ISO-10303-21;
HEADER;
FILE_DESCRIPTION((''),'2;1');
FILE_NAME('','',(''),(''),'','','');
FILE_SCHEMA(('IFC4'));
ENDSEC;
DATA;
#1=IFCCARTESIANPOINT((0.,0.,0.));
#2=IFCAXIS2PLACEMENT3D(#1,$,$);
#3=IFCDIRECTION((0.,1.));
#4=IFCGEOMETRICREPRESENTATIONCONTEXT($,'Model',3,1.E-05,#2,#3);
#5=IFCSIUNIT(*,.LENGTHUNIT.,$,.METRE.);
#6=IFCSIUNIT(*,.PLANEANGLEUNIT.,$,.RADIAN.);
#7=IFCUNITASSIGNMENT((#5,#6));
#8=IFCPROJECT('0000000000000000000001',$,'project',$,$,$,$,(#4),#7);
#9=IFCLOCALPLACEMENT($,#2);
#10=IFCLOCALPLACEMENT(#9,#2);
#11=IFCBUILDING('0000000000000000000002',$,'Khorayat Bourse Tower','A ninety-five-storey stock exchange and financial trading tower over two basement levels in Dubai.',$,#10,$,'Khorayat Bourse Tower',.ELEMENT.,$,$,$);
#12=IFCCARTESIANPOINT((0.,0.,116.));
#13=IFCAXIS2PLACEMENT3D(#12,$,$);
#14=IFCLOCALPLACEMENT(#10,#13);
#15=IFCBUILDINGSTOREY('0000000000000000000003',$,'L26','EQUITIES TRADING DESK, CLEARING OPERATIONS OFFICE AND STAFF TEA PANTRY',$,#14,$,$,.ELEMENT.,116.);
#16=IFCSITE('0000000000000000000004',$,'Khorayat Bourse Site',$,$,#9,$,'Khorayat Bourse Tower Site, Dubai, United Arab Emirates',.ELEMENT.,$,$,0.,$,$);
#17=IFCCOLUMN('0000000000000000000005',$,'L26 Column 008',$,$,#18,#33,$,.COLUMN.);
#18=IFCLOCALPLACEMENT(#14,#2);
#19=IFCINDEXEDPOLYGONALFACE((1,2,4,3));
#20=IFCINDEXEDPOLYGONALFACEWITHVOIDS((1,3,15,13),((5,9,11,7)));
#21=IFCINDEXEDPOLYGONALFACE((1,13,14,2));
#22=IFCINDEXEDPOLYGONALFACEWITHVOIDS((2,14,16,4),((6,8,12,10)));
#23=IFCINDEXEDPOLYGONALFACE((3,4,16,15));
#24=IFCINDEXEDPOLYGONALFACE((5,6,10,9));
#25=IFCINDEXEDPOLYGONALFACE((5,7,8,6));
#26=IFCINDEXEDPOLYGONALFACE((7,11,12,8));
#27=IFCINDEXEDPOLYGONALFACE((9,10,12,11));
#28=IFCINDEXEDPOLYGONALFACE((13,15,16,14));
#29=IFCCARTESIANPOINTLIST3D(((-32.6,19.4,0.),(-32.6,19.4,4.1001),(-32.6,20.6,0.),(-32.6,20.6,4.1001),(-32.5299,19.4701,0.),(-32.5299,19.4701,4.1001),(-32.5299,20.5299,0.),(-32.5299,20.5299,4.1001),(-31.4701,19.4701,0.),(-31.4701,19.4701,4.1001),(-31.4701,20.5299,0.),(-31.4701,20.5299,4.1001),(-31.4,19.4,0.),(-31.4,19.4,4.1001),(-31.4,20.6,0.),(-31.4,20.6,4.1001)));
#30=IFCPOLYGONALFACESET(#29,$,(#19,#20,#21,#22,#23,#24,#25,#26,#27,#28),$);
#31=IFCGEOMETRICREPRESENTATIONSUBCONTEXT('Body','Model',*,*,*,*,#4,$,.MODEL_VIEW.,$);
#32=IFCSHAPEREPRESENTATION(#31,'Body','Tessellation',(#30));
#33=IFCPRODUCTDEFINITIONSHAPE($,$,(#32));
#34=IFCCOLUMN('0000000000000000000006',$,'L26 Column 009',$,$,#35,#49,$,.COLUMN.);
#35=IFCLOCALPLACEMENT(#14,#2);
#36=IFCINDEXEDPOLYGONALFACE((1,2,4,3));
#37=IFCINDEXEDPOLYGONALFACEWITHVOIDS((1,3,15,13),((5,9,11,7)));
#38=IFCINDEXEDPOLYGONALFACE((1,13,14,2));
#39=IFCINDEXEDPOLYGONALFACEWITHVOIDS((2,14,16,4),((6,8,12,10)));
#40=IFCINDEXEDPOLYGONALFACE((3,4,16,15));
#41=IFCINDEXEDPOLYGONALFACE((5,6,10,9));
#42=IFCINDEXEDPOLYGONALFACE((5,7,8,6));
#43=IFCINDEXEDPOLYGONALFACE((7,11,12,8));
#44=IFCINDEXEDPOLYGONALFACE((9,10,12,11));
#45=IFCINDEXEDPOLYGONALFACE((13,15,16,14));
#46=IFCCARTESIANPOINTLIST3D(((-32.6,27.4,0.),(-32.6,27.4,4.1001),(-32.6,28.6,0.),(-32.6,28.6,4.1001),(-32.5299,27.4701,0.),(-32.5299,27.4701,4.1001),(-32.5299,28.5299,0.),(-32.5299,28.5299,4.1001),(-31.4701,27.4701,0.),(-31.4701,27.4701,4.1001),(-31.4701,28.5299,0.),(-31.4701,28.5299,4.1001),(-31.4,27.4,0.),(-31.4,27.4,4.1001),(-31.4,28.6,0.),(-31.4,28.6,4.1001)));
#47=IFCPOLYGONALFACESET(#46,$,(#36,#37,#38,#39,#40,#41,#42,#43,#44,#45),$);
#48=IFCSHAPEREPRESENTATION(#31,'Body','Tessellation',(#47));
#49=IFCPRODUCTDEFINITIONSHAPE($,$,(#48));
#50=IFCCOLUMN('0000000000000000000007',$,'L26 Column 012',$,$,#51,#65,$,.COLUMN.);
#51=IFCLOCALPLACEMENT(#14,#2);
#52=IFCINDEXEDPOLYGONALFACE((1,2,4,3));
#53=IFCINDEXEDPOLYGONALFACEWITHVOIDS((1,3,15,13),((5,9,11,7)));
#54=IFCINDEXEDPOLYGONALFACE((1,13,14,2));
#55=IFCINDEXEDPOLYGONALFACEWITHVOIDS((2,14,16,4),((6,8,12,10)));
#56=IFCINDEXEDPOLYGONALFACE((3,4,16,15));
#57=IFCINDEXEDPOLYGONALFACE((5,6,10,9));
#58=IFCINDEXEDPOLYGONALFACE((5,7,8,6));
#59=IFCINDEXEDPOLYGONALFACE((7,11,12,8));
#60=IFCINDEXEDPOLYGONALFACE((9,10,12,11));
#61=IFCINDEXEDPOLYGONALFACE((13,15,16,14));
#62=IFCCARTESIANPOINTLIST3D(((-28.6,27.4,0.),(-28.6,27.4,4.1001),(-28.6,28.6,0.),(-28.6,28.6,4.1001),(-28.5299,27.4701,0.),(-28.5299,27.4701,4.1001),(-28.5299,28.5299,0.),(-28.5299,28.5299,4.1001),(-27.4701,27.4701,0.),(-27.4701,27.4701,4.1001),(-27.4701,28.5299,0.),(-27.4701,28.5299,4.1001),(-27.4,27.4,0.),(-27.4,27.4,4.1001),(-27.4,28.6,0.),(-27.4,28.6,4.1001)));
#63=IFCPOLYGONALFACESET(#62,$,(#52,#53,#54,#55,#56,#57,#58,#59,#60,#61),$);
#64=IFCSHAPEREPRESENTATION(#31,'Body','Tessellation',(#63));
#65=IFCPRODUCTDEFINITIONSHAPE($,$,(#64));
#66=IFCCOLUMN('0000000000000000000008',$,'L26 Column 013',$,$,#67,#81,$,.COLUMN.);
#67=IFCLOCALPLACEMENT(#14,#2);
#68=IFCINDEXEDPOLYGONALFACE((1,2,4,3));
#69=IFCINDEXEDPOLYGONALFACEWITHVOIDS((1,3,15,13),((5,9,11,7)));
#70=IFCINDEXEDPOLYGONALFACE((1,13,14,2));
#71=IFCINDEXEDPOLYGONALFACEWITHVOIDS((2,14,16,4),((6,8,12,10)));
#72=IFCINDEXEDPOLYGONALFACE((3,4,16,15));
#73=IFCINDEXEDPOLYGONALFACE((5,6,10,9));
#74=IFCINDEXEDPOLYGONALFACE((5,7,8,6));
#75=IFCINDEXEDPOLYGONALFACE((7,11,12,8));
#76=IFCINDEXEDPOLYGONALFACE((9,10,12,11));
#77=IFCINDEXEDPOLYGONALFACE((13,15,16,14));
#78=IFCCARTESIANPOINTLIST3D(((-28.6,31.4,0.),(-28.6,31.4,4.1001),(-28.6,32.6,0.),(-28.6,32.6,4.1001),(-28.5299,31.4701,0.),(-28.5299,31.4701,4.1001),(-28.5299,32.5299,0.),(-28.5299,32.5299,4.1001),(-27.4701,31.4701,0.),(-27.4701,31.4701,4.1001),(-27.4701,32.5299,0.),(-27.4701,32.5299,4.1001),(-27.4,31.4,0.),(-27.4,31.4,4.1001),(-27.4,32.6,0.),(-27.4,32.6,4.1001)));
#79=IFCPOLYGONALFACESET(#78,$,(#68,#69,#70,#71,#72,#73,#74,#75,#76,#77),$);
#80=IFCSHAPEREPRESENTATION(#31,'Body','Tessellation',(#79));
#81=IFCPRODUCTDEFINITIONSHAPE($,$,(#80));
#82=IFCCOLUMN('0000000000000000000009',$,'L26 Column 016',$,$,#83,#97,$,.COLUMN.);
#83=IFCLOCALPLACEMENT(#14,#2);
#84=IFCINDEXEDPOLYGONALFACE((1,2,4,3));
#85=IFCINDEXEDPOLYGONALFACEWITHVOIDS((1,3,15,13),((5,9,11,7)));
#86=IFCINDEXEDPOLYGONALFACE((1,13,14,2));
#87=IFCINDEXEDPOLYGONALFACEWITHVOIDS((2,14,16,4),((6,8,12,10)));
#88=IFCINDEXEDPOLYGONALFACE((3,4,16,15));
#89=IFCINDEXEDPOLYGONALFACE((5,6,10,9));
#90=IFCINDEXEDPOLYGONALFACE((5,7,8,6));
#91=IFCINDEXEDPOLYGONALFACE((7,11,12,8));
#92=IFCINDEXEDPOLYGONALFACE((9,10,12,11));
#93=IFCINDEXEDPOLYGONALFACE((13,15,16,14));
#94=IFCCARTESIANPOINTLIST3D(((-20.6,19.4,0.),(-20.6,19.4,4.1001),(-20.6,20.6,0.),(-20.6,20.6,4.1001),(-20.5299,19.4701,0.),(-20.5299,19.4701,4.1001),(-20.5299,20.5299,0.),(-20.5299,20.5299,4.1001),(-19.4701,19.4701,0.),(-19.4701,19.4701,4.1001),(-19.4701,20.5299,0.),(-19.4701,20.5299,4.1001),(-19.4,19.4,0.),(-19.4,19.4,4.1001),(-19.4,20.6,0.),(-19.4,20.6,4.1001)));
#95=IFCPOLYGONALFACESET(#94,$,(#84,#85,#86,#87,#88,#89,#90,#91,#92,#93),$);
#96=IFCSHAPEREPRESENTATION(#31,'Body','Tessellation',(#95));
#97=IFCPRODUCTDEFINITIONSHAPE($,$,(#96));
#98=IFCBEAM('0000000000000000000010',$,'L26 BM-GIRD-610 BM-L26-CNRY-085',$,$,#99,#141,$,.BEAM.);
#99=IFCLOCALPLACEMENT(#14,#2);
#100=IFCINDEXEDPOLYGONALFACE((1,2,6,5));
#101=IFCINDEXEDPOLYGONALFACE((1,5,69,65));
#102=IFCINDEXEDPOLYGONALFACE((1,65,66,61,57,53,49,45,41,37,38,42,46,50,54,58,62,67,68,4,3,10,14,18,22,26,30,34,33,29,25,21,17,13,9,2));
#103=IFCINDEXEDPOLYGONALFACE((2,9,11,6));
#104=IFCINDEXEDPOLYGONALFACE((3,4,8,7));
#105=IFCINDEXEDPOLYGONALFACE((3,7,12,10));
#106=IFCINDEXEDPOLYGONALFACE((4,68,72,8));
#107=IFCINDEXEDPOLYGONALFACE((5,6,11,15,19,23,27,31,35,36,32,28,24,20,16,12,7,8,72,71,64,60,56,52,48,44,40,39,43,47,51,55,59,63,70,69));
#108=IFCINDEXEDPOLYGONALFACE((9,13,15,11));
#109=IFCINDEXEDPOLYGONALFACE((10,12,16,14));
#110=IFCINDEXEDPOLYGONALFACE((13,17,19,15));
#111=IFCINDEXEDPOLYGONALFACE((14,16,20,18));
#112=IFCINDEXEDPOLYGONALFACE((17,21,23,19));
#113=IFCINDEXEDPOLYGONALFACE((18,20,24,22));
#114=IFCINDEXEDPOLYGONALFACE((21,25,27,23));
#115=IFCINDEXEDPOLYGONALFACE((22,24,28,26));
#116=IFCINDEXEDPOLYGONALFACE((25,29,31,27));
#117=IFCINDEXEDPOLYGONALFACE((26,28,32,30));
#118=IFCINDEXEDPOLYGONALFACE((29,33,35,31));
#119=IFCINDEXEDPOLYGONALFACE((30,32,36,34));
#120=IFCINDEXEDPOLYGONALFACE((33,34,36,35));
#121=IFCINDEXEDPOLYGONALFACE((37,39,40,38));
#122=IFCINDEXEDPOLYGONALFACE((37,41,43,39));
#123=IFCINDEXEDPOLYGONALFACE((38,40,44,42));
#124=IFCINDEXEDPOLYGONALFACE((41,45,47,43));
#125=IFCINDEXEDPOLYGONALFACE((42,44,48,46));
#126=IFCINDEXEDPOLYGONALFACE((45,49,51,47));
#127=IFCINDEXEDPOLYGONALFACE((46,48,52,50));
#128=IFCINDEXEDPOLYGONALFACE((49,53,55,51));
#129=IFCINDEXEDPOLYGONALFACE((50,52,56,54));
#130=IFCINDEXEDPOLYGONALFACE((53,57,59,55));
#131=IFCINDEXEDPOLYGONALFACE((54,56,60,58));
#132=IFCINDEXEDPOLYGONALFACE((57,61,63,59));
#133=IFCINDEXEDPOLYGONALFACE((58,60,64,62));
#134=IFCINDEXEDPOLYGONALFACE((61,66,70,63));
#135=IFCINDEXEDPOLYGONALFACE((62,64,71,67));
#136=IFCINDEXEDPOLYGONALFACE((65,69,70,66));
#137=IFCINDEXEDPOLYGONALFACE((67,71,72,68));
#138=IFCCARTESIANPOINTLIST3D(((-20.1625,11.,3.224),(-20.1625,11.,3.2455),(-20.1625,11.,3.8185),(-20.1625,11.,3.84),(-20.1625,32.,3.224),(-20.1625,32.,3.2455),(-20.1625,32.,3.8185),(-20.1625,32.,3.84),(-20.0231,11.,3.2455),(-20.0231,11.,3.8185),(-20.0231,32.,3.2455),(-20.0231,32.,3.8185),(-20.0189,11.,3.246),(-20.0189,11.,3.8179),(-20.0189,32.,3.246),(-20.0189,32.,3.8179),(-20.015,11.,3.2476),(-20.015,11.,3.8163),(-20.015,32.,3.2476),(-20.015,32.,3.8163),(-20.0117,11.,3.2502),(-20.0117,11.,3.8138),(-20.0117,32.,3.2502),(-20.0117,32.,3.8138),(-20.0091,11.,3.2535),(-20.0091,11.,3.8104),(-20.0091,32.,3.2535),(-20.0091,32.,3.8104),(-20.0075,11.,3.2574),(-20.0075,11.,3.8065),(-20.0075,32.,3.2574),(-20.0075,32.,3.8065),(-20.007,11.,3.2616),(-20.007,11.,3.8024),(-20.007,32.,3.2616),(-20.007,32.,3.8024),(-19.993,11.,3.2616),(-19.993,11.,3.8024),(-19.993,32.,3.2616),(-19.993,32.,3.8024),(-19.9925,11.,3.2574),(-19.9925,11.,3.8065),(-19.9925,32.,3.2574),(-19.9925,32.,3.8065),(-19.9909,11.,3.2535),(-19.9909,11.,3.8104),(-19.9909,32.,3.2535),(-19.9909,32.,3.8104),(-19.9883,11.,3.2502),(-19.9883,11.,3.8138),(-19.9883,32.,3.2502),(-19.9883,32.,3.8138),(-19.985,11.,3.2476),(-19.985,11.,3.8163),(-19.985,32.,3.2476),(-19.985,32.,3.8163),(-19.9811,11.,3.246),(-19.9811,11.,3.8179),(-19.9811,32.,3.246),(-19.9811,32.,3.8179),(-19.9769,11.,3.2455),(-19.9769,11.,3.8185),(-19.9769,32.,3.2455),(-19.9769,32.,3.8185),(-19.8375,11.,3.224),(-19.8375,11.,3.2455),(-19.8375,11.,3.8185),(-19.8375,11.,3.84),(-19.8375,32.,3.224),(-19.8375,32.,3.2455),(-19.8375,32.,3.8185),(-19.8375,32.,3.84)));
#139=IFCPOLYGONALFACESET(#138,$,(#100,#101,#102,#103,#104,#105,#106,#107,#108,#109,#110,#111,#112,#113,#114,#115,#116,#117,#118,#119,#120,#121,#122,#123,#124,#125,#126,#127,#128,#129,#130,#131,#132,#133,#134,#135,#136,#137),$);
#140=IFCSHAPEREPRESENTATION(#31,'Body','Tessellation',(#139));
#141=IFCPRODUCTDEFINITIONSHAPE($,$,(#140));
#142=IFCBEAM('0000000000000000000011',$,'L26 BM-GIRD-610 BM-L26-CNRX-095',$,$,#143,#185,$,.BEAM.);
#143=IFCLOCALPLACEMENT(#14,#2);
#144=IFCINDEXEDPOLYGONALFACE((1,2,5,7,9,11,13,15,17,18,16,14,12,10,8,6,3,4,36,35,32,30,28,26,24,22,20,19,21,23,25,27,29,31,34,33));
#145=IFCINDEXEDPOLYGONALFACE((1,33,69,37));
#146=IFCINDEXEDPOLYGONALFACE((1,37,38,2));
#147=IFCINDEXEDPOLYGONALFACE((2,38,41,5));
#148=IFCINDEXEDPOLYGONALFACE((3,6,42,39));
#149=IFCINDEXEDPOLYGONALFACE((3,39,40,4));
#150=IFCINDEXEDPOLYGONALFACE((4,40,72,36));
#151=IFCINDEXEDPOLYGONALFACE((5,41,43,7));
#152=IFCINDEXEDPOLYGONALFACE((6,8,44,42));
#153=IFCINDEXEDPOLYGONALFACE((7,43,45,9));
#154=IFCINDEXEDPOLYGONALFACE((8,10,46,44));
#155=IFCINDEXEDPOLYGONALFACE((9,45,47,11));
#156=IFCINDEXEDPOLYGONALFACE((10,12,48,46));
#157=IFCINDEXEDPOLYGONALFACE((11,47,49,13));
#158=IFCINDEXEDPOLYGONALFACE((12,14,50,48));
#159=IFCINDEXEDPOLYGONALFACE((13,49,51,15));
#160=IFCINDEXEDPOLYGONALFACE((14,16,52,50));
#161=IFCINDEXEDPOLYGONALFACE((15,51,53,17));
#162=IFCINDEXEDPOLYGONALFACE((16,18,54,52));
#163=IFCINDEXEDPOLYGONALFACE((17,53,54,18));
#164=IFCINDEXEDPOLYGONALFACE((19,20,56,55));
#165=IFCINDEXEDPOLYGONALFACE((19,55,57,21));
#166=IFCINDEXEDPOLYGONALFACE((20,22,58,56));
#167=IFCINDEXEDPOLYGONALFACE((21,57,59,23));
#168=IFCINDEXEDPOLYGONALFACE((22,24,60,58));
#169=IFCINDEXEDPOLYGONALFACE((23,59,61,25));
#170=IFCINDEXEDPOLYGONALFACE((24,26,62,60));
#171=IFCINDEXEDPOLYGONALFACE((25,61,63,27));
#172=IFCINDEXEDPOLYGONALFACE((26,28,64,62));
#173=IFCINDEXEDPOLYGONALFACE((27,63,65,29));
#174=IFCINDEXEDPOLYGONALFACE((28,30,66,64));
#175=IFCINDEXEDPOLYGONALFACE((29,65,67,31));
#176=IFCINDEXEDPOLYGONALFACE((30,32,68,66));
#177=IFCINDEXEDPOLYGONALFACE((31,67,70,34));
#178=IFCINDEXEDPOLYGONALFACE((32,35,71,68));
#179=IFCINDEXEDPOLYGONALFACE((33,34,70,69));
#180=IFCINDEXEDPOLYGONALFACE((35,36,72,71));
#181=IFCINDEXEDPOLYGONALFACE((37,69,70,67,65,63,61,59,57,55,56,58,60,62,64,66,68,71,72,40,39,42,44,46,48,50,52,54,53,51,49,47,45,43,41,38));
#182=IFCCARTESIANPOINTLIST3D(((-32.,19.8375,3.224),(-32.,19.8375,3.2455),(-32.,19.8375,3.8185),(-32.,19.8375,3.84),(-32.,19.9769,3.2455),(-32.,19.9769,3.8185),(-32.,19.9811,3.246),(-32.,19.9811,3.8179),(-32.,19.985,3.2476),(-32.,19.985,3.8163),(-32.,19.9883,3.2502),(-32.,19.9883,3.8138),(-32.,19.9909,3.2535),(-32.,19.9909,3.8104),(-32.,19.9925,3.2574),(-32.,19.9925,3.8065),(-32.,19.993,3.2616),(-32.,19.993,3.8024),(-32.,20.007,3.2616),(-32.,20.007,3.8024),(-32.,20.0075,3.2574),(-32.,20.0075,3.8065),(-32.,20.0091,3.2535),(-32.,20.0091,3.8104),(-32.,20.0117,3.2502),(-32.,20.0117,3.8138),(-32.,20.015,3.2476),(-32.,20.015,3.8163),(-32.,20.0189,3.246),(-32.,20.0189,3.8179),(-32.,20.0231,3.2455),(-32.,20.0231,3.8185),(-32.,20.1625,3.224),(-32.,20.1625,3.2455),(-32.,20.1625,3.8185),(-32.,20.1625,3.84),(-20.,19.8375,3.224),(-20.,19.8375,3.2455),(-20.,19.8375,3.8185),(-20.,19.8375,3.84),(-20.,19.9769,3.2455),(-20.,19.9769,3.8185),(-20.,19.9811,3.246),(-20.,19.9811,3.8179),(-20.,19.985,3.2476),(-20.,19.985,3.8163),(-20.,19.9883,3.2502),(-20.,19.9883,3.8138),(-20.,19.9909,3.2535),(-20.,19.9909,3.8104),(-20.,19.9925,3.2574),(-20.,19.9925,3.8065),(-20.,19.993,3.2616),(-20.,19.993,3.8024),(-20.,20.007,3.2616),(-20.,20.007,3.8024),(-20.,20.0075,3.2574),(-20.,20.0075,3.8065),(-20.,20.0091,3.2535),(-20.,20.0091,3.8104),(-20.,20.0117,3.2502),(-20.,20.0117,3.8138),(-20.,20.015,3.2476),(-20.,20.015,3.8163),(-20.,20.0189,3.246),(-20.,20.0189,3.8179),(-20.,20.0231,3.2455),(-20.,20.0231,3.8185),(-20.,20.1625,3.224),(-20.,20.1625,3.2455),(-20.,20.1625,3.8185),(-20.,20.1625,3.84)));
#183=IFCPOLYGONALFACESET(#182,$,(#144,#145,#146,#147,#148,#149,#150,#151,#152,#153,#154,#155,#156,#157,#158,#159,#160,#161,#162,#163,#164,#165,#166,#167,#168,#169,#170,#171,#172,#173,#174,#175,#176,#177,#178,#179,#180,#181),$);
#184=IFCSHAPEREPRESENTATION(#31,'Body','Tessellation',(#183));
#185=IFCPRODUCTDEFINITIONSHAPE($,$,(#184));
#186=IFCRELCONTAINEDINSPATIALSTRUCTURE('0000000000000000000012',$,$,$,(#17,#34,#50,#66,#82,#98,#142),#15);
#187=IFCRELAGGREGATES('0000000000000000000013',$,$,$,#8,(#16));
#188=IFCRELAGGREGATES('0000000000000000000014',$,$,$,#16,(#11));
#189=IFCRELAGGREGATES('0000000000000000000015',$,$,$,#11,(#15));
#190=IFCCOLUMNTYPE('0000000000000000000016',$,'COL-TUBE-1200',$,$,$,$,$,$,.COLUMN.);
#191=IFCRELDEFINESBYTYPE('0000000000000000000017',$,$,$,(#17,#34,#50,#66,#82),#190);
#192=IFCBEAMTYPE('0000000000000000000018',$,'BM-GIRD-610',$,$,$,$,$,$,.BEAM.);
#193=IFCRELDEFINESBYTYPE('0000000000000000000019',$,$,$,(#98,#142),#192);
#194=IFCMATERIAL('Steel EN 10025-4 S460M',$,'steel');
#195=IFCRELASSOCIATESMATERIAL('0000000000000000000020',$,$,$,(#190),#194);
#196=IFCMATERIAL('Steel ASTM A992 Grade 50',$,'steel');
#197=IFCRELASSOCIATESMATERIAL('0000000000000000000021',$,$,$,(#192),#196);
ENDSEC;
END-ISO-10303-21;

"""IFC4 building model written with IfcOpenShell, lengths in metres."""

from ifc_helpers import new_model, si_unit, direction, frame, origin, origin_2d, place, context, subcontext, project, spatial, hollow_rectangle, i_section, extrude, source, transform, mapped, material, material_profile, profile_set, type_object, element, save


model = new_model("IFC4")

# Units and contexts
model_context = context("Model", 3, precision=1e-05, world=origin(), true_north=direction((0.0, 1.0)))
body_context = subcontext(model_context, "Body", "Model", "MODEL_VIEW")
ifc_project = project(units=[si_unit("LENGTHUNIT", "METRE"), si_unit("PLANEANGLEUNIT", "RADIAN")], contexts=[model_context])

# Site, building, storey
site_placement = place(None, origin())
site = spatial("IfcSite", under=ifc_project, at=site_placement, Name="Khorayat Bourse Site", LongName="Khorayat Bourse Tower Site, Dubai, United Arab Emirates", CompositionType="ELEMENT", RefElevation=0.0)
building_placement = place(site_placement, origin())
building = spatial("IfcBuilding", under=site, at=building_placement, Name="Khorayat Bourse Tower", Description="A ninety-five-storey stock exchange and financial trading tower over two basement levels in Dubai.", LongName="Khorayat Bourse Tower", CompositionType="ELEMENT")
storey_placement = place(building_placement, frame((0.0, 0.0, 116.0)))
storey = spatial("IfcBuildingStorey", under=building, at=storey_placement, Name="L26", Description="EQUITIES TRADING DESK, CLEARING OPERATIONS OFFICE AND STAFF TEA PANTRY", CompositionType="ELEMENT", Elevation=116.0)

# Columns
ifc_material_1 = material(Name="Steel EN 10025-4 S460M", Category="steel")
ifc_material_profile_1 = material_profile(ifc_material_1, hollow_rectangle(XDim=1.2, YDim=1.2, WallThickness=0.0701, at=origin_2d()), Name="BOX 1200x1200x70")
ifc_profile_set_1 = profile_set([ifc_material_profile_1], Name="Steel EN 10025-4 S460M")
column_type = type_object("IfcColumnType", Name="COL-TUBE-1200", PredefinedType="COLUMN", material=ifc_profile_set_1)
shared_shape_1 = source(origin(), body_context, "Body", "SweptSolid", [
    extrude(hollow_rectangle(XDim=1.2, YDim=1.2, WallThickness=0.0701, at=origin_2d()), origin(), (0.0, 0.0, 1.0), 4.1001),
])
for number, where, z_axis, x_axis, name in (
    (1, (-32.0, 20.0, 0.0), (0.0, 0.0, 1.0), (1.0, 0.0, 0.0), "L26 Column 008"),
    (2, (-32.0, 28.0, 0.0), (0.0, 0.0, 1.0), (1.0, 0.0, 0.0), "L26 Column 009"),
    (3, (-28.0, 28.0, 0.0), (0.0, 0.0, 1.0), (1.0, 0.0, 0.0), "L26 Column 012"),
    (4, (-28.0, 32.0, 0.0), (0.0, 0.0, 1.0), (1.0, 0.0, 0.0), "L26 Column 013"),
    (5, (-20.0, 20.0, 0.0), (0.0, 0.0, 1.0), (1.0, 0.0, 0.0), "L26 Column 016"),
):
    element("IfcColumn", number, at=place(storey_placement, frame(where, z_axis=z_axis, x_axis=x_axis)), inside=storey, type_object=column_type, Name=name, PredefinedType="COLUMN", context=body_context, shape_type="MappedRepresentation", body=[
        mapped(shared_shape_1, transform((0.0, 0.0, 0.0), scale=1.0)),
    ])

# Beams
ifc_material_2 = material(Name="Steel ASTM A992 Grade 50", Category="steel")
ifc_material_profile_2 = material_profile(ifc_material_2, i_section(OverallWidth=0.325, OverallDepth=0.616, WebThickness=0.0139, FlangeThickness=0.0215, FilletRadius=0.0161, at=origin_2d()), Name="W610X174")
ifc_profile_set_2 = profile_set([ifc_material_profile_2], Name="Steel ASTM A992 Grade 50")
beam_type_1 = type_object("IfcBeamType", Name="BM-GIRD-610", PredefinedType="BEAM", material=ifc_profile_set_2)
shared_shape_2 = source(origin(), body_context, "Body", "SweptSolid", [
    extrude(i_section(OverallWidth=0.325, OverallDepth=0.616, WebThickness=0.0139, FlangeThickness=0.0215, FilletRadius=0.0161, at=origin_2d()), origin(), (0.0, 0.0, 1.0), 21.0),
])
beam_1_placement = place(storey_placement, frame((-20.0, 11.0, 3.532), z_axis=(0.0, 1.0, 0.0), x_axis=(-1.0, 0.0, 0.0)))
element("IfcBeam", 6, at=beam_1_placement, inside=storey, type_object=beam_type_1, Name="L26 BM-GIRD-610 BM-L26-CNRY-085", PredefinedType="BEAM", context=body_context, shape_type="MappedRepresentation", body=[
    mapped(shared_shape_2, transform((0.0, 0.0, 0.0), scale=1.0)),
])
shared_shape_3 = source(origin(), body_context, "Body", "SweptSolid", [
    extrude(i_section(OverallWidth=0.325, OverallDepth=0.616, WebThickness=0.0139, FlangeThickness=0.0215, FilletRadius=0.0161, at=origin_2d()), origin(), (0.0, 0.0, 1.0), 12.0),
])
beam_2_placement = place(storey_placement, frame((-32.0, 20.0, 3.532), z_axis=(1.0, 0.0, 0.0), x_axis=(0.0, 1.0, 0.0)))
element("IfcBeam", 7, at=beam_2_placement, inside=storey, type_object=beam_type_1, Name="L26 BM-GIRD-610 BM-L26-CNRX-095", PredefinedType="BEAM", context=body_context, shape_type="MappedRepresentation", body=[
    mapped(shared_shape_3, transform((0.0, 0.0, 0.0), scale=1.0)),
])

save(model, "model.ifc")
